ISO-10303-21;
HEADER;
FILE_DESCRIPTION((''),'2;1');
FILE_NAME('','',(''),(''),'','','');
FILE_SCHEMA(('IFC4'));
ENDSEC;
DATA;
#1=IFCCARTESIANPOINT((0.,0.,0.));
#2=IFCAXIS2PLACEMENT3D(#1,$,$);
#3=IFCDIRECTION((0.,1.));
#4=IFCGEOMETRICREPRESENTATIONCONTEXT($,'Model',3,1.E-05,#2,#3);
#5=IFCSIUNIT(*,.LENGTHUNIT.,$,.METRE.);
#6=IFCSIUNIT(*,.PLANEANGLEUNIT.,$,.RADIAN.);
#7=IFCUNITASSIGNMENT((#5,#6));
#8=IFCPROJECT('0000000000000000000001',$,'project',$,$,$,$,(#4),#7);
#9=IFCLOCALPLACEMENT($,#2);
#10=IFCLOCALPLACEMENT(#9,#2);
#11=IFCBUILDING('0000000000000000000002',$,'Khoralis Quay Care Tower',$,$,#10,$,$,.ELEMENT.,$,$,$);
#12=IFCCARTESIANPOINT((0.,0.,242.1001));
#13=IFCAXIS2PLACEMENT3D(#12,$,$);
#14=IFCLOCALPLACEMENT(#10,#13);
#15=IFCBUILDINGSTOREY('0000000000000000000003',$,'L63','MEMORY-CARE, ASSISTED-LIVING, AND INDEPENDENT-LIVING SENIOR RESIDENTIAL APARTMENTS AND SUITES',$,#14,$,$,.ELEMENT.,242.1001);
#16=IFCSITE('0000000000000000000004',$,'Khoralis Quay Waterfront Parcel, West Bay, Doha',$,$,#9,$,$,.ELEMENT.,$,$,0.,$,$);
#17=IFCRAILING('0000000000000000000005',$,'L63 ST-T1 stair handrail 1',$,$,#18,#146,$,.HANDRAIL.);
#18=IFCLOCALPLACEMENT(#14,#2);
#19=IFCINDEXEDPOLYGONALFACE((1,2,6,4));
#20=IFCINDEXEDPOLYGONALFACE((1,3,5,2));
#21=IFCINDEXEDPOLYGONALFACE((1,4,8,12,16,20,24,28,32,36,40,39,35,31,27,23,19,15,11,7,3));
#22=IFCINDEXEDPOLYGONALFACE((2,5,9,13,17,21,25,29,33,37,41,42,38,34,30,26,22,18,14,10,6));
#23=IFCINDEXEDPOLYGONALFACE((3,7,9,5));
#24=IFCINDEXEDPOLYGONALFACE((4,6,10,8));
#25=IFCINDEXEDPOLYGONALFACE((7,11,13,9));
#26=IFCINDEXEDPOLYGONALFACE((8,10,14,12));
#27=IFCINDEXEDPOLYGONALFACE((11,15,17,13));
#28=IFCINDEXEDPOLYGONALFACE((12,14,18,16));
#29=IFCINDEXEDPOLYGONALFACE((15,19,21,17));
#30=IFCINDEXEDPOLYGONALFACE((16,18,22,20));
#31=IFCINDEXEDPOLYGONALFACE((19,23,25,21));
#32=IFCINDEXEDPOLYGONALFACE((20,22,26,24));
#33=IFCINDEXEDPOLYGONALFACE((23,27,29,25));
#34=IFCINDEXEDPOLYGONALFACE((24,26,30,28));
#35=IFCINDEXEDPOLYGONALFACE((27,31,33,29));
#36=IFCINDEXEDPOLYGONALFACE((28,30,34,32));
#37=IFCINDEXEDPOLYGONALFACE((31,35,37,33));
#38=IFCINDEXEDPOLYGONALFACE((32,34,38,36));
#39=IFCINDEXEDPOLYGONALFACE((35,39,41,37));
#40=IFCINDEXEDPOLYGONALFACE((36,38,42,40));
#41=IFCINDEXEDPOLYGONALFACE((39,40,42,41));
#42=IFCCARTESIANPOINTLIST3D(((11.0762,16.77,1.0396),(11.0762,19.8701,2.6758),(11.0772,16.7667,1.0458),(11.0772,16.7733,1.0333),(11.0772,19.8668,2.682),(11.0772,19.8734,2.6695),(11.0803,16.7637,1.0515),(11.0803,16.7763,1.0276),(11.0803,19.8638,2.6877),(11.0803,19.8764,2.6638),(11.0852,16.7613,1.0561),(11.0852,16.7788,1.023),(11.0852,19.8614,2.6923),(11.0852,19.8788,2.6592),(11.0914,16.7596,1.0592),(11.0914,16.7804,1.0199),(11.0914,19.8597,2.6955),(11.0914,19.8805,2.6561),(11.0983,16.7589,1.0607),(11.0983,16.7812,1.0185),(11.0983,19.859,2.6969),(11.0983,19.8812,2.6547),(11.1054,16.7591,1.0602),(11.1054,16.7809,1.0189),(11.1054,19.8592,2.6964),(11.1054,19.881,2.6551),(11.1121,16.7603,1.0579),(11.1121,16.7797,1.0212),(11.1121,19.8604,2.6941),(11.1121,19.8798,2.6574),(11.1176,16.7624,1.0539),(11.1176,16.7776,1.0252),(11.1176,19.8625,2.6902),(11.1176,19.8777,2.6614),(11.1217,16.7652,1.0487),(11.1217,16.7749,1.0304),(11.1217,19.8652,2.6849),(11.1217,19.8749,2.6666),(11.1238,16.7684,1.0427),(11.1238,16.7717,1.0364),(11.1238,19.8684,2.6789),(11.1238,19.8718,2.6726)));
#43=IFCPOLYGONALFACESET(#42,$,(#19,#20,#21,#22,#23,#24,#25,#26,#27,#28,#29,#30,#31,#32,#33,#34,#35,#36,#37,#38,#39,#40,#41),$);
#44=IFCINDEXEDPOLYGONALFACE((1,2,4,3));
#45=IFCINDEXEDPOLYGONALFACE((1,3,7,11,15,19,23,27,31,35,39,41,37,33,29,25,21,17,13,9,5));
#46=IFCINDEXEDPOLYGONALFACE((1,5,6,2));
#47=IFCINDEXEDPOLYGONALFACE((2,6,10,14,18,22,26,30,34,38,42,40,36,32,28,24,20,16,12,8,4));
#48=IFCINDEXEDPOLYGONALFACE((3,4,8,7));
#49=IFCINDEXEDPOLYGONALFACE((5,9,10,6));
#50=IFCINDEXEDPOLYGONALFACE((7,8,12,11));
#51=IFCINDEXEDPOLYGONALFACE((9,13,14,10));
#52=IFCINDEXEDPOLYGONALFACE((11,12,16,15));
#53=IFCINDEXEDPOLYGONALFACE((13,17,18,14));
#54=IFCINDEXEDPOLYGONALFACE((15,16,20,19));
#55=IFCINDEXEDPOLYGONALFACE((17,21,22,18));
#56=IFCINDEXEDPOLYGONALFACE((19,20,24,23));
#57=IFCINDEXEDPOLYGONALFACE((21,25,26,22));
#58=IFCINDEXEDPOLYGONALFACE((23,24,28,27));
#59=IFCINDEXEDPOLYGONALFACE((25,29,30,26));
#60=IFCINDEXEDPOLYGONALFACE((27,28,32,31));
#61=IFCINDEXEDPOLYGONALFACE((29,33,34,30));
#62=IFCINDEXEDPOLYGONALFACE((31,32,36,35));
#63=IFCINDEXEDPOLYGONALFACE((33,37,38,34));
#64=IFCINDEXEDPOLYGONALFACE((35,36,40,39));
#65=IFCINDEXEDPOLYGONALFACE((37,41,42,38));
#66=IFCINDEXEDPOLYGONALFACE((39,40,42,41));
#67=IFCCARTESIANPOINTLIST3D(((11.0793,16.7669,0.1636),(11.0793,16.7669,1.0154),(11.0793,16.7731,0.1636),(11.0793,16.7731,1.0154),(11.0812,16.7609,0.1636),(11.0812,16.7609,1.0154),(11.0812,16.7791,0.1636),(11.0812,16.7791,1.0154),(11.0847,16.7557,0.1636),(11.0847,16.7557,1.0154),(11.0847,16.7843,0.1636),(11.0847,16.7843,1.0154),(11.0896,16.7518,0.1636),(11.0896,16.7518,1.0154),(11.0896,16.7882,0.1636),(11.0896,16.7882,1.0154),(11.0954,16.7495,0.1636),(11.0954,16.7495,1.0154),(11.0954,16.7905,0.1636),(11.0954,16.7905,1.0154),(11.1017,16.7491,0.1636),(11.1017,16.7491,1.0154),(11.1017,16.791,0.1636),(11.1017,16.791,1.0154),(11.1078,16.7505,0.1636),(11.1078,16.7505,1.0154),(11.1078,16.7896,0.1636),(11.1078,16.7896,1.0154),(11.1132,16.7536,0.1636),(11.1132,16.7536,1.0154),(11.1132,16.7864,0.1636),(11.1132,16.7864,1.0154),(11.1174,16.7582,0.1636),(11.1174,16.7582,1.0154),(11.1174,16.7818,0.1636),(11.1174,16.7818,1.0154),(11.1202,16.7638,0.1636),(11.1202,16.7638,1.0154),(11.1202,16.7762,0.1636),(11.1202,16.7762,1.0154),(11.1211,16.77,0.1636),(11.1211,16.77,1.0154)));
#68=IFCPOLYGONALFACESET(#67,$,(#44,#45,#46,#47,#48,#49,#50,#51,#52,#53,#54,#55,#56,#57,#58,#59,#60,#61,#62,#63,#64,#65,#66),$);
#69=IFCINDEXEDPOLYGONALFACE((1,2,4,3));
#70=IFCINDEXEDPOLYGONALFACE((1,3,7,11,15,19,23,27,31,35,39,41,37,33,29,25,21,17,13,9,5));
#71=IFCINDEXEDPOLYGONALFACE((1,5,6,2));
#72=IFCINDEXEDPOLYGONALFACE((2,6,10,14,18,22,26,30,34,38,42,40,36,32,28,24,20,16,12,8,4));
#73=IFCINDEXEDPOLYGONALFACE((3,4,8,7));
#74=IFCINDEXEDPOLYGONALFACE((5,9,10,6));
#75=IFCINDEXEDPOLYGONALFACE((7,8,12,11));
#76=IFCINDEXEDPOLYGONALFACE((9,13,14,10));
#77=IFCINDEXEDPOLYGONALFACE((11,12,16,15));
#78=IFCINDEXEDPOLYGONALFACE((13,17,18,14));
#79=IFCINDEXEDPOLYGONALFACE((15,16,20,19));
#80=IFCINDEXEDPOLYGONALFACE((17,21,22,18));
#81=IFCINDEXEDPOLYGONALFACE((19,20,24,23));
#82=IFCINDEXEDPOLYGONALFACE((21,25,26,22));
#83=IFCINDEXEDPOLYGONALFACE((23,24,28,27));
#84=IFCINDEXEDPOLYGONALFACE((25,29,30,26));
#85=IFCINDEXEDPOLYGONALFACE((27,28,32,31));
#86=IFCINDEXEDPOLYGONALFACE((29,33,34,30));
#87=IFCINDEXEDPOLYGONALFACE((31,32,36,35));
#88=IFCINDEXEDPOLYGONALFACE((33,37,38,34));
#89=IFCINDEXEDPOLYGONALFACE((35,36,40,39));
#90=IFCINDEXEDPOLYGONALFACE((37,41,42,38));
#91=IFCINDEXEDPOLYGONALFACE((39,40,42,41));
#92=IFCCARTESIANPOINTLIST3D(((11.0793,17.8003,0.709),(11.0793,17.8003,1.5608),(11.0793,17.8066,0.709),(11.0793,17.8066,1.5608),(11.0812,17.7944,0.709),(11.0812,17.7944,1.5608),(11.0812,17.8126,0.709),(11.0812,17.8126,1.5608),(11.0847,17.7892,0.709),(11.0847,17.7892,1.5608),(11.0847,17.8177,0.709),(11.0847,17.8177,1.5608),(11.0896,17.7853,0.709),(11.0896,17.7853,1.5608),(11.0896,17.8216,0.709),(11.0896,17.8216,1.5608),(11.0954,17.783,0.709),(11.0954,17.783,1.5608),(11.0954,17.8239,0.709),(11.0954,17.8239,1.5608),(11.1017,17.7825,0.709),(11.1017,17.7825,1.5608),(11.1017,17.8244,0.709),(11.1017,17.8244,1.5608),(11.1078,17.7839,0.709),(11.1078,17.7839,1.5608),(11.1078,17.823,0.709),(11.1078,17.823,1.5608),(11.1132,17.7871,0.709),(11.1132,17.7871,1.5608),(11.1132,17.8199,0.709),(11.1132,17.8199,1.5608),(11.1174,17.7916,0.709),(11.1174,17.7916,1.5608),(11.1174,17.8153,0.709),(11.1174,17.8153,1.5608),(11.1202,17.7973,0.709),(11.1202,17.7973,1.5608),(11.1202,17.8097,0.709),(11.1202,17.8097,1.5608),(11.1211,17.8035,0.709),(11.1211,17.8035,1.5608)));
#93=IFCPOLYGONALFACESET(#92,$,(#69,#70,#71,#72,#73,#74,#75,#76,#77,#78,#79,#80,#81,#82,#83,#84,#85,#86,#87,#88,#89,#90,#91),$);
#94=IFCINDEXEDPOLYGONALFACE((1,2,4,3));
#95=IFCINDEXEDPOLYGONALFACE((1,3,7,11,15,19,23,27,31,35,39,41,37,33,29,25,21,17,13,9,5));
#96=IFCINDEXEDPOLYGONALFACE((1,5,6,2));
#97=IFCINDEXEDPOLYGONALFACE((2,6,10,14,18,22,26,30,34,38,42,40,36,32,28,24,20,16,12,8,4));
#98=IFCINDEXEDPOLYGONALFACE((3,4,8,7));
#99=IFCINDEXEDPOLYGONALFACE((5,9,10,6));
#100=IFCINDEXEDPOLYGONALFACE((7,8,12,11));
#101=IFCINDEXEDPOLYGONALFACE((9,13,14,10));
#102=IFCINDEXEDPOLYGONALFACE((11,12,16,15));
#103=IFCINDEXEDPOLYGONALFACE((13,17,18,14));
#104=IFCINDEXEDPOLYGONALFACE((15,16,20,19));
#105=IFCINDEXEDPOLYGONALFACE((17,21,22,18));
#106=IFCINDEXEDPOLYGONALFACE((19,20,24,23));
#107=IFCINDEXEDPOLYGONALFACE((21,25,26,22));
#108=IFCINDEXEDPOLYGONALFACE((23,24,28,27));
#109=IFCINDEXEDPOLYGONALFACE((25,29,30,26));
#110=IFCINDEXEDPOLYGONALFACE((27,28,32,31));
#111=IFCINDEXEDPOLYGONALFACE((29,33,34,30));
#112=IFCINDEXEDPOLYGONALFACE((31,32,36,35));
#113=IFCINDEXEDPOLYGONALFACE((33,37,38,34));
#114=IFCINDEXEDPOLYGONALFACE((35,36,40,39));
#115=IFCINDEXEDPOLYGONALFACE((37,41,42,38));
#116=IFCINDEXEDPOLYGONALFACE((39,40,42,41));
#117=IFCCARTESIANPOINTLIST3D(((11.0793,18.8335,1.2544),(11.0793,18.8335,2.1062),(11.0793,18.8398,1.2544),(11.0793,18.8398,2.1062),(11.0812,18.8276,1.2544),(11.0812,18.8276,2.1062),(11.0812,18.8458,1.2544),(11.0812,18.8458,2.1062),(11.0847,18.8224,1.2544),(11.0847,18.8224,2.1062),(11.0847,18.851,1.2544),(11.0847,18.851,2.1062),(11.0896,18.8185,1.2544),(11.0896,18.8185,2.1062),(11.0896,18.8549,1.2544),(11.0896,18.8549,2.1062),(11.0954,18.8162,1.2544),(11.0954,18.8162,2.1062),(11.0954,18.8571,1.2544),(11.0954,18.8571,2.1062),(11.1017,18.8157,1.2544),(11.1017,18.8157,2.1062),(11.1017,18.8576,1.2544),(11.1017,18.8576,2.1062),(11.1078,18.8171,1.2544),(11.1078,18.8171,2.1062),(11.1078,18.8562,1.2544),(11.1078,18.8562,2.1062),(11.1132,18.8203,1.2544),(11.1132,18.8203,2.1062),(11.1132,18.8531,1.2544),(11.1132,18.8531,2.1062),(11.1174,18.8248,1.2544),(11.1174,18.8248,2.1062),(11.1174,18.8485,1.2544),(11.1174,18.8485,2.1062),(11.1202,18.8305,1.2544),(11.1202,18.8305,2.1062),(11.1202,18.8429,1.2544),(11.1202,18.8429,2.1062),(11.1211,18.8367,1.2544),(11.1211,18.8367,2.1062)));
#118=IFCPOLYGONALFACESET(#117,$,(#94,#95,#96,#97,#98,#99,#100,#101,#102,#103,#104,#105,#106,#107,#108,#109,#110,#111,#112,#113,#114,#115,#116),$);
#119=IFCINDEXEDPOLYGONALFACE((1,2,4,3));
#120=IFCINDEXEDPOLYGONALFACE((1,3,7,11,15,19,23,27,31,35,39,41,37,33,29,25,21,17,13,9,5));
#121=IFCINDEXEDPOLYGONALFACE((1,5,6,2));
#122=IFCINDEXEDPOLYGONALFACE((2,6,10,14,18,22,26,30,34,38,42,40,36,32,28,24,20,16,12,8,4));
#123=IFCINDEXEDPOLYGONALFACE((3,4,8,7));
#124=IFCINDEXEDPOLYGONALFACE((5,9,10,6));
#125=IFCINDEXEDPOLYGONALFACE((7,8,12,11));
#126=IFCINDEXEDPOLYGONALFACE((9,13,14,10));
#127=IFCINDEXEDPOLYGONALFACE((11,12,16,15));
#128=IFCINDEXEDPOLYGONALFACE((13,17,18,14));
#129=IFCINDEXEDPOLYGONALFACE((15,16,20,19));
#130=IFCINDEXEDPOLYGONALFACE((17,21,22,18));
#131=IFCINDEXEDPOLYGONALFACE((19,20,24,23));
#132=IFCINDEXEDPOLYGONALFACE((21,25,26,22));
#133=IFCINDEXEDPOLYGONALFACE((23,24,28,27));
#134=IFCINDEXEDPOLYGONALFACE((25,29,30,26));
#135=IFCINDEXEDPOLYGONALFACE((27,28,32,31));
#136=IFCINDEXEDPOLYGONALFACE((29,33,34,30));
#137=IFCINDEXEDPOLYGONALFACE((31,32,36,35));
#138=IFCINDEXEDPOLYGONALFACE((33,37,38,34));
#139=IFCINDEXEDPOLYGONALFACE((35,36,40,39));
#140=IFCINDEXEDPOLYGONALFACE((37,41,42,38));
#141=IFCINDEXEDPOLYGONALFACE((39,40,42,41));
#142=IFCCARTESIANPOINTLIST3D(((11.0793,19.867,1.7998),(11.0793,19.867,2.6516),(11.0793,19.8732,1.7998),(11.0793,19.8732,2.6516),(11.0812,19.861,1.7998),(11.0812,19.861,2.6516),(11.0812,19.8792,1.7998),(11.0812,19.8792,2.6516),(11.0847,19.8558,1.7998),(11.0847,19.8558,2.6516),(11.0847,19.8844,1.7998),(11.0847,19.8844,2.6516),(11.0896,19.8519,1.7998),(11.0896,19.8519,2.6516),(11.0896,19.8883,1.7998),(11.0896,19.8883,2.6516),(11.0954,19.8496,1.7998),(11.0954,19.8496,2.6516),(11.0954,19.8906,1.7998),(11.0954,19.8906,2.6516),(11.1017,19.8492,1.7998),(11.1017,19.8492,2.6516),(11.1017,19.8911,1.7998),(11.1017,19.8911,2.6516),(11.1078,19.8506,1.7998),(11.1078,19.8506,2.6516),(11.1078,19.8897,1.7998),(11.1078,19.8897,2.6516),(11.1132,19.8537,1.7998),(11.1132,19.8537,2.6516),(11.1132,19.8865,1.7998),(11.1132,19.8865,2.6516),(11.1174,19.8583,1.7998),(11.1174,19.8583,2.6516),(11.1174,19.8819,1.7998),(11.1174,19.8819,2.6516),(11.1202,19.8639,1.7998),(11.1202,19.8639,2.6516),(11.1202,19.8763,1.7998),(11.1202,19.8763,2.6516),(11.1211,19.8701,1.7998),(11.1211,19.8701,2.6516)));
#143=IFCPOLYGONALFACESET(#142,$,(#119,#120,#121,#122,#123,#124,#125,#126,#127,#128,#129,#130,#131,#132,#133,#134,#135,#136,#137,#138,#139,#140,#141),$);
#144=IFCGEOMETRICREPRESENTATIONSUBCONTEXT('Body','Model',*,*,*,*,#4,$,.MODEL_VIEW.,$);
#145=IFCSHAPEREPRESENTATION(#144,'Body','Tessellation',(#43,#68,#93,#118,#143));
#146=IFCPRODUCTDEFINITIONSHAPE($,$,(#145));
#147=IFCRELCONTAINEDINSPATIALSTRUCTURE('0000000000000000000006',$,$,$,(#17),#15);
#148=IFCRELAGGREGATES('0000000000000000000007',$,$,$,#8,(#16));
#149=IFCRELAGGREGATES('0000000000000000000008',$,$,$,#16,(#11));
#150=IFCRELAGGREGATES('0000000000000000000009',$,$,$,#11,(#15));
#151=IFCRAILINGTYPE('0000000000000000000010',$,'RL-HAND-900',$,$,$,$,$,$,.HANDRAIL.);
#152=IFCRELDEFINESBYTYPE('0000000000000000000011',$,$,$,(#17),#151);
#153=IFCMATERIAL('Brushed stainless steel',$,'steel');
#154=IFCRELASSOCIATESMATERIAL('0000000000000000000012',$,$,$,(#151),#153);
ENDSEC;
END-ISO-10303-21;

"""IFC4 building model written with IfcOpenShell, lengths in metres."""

from ifc_helpers import new_model, si_unit, direction, frame, origin, origin_2d, place, context, subcontext, project, spatial, circle, extrude, material, type_object, element, save


model = new_model("IFC4")

# Units and contexts
model_context = context("Model", 3, precision=1e-05, world=origin(), true_north=direction((0.0, 1.0)))
body_context = subcontext(model_context, "Body", "Model", "MODEL_VIEW")
ifc_project = project(units=[si_unit("LENGTHUNIT", "METRE"), si_unit("PLANEANGLEUNIT", "RADIAN")], contexts=[model_context])

# Site, building, storey
site_placement = place(None, origin())
site = spatial("IfcSite", under=ifc_project, at=site_placement, Name="Khoralis Quay Waterfront Parcel, West Bay, Doha", CompositionType="ELEMENT", RefElevation=0.0)
building_placement = place(site_placement, origin())
building = spatial("IfcBuilding", under=site, at=building_placement, Name="Khoralis Quay Care Tower", CompositionType="ELEMENT")
storey_placement = place(building_placement, frame((0.0, 0.0, 242.1001)))
storey = spatial("IfcBuildingStorey", under=building, at=storey_placement, Name="L63", Description="MEMORY-CARE, ASSISTED-LIVING, AND INDEPENDENT-LIVING SENIOR RESIDENTIAL APARTMENTS AND SUITES", CompositionType="ELEMENT", Elevation=242.1001)

# Shared definitions
ifc_material_1 = material(Name="Brushed stainless steel", Category="steel")

# Railing
railing_type_1 = type_object("IfcRailingType", Name="RL-HAND-900", PredefinedType="HANDRAIL", material=ifc_material_1)
railing_1_placement = place(storey_placement, frame((11.1001, 16.77, 0.1636)))
element("IfcRailing", 1, at=railing_1_placement, inside=storey, type_object=railing_type_1, Name="L63 ST-T1 stair handrail 1", PredefinedType="HANDRAIL", context=body_context, shape_type="SweptSolid", body=[
    extrude(circle(Radius=0.0239, at=origin_2d()), frame((0.0, 0.0, 0.876), z_axis=(0.0, 0.884377, 0.466774), x_axis=(-1.0, 0.0, 0.0)), (0.0, 0.0, 1.0), 3.5054),
    extrude(circle(Radius=0.021, at=origin_2d()), origin(), (0.0, 0.0, 1.0), 0.8518),
    extrude(circle(Radius=0.021, at=origin_2d()), frame((0.0, 1.0334, 0.5454)), (0.0, 0.0, 1.0), 0.8518),
    extrude(circle(Radius=0.021, at=origin_2d()), frame((0.0, 2.0667, 1.0908)), (0.0, 0.0, 1.0), 0.8518),
    extrude(circle(Radius=0.021, at=origin_2d()), frame((0.0, 3.1001, 1.6362)), (0.0, 0.0, 1.0), 0.8518),
])

save(model, "model.ifc")
